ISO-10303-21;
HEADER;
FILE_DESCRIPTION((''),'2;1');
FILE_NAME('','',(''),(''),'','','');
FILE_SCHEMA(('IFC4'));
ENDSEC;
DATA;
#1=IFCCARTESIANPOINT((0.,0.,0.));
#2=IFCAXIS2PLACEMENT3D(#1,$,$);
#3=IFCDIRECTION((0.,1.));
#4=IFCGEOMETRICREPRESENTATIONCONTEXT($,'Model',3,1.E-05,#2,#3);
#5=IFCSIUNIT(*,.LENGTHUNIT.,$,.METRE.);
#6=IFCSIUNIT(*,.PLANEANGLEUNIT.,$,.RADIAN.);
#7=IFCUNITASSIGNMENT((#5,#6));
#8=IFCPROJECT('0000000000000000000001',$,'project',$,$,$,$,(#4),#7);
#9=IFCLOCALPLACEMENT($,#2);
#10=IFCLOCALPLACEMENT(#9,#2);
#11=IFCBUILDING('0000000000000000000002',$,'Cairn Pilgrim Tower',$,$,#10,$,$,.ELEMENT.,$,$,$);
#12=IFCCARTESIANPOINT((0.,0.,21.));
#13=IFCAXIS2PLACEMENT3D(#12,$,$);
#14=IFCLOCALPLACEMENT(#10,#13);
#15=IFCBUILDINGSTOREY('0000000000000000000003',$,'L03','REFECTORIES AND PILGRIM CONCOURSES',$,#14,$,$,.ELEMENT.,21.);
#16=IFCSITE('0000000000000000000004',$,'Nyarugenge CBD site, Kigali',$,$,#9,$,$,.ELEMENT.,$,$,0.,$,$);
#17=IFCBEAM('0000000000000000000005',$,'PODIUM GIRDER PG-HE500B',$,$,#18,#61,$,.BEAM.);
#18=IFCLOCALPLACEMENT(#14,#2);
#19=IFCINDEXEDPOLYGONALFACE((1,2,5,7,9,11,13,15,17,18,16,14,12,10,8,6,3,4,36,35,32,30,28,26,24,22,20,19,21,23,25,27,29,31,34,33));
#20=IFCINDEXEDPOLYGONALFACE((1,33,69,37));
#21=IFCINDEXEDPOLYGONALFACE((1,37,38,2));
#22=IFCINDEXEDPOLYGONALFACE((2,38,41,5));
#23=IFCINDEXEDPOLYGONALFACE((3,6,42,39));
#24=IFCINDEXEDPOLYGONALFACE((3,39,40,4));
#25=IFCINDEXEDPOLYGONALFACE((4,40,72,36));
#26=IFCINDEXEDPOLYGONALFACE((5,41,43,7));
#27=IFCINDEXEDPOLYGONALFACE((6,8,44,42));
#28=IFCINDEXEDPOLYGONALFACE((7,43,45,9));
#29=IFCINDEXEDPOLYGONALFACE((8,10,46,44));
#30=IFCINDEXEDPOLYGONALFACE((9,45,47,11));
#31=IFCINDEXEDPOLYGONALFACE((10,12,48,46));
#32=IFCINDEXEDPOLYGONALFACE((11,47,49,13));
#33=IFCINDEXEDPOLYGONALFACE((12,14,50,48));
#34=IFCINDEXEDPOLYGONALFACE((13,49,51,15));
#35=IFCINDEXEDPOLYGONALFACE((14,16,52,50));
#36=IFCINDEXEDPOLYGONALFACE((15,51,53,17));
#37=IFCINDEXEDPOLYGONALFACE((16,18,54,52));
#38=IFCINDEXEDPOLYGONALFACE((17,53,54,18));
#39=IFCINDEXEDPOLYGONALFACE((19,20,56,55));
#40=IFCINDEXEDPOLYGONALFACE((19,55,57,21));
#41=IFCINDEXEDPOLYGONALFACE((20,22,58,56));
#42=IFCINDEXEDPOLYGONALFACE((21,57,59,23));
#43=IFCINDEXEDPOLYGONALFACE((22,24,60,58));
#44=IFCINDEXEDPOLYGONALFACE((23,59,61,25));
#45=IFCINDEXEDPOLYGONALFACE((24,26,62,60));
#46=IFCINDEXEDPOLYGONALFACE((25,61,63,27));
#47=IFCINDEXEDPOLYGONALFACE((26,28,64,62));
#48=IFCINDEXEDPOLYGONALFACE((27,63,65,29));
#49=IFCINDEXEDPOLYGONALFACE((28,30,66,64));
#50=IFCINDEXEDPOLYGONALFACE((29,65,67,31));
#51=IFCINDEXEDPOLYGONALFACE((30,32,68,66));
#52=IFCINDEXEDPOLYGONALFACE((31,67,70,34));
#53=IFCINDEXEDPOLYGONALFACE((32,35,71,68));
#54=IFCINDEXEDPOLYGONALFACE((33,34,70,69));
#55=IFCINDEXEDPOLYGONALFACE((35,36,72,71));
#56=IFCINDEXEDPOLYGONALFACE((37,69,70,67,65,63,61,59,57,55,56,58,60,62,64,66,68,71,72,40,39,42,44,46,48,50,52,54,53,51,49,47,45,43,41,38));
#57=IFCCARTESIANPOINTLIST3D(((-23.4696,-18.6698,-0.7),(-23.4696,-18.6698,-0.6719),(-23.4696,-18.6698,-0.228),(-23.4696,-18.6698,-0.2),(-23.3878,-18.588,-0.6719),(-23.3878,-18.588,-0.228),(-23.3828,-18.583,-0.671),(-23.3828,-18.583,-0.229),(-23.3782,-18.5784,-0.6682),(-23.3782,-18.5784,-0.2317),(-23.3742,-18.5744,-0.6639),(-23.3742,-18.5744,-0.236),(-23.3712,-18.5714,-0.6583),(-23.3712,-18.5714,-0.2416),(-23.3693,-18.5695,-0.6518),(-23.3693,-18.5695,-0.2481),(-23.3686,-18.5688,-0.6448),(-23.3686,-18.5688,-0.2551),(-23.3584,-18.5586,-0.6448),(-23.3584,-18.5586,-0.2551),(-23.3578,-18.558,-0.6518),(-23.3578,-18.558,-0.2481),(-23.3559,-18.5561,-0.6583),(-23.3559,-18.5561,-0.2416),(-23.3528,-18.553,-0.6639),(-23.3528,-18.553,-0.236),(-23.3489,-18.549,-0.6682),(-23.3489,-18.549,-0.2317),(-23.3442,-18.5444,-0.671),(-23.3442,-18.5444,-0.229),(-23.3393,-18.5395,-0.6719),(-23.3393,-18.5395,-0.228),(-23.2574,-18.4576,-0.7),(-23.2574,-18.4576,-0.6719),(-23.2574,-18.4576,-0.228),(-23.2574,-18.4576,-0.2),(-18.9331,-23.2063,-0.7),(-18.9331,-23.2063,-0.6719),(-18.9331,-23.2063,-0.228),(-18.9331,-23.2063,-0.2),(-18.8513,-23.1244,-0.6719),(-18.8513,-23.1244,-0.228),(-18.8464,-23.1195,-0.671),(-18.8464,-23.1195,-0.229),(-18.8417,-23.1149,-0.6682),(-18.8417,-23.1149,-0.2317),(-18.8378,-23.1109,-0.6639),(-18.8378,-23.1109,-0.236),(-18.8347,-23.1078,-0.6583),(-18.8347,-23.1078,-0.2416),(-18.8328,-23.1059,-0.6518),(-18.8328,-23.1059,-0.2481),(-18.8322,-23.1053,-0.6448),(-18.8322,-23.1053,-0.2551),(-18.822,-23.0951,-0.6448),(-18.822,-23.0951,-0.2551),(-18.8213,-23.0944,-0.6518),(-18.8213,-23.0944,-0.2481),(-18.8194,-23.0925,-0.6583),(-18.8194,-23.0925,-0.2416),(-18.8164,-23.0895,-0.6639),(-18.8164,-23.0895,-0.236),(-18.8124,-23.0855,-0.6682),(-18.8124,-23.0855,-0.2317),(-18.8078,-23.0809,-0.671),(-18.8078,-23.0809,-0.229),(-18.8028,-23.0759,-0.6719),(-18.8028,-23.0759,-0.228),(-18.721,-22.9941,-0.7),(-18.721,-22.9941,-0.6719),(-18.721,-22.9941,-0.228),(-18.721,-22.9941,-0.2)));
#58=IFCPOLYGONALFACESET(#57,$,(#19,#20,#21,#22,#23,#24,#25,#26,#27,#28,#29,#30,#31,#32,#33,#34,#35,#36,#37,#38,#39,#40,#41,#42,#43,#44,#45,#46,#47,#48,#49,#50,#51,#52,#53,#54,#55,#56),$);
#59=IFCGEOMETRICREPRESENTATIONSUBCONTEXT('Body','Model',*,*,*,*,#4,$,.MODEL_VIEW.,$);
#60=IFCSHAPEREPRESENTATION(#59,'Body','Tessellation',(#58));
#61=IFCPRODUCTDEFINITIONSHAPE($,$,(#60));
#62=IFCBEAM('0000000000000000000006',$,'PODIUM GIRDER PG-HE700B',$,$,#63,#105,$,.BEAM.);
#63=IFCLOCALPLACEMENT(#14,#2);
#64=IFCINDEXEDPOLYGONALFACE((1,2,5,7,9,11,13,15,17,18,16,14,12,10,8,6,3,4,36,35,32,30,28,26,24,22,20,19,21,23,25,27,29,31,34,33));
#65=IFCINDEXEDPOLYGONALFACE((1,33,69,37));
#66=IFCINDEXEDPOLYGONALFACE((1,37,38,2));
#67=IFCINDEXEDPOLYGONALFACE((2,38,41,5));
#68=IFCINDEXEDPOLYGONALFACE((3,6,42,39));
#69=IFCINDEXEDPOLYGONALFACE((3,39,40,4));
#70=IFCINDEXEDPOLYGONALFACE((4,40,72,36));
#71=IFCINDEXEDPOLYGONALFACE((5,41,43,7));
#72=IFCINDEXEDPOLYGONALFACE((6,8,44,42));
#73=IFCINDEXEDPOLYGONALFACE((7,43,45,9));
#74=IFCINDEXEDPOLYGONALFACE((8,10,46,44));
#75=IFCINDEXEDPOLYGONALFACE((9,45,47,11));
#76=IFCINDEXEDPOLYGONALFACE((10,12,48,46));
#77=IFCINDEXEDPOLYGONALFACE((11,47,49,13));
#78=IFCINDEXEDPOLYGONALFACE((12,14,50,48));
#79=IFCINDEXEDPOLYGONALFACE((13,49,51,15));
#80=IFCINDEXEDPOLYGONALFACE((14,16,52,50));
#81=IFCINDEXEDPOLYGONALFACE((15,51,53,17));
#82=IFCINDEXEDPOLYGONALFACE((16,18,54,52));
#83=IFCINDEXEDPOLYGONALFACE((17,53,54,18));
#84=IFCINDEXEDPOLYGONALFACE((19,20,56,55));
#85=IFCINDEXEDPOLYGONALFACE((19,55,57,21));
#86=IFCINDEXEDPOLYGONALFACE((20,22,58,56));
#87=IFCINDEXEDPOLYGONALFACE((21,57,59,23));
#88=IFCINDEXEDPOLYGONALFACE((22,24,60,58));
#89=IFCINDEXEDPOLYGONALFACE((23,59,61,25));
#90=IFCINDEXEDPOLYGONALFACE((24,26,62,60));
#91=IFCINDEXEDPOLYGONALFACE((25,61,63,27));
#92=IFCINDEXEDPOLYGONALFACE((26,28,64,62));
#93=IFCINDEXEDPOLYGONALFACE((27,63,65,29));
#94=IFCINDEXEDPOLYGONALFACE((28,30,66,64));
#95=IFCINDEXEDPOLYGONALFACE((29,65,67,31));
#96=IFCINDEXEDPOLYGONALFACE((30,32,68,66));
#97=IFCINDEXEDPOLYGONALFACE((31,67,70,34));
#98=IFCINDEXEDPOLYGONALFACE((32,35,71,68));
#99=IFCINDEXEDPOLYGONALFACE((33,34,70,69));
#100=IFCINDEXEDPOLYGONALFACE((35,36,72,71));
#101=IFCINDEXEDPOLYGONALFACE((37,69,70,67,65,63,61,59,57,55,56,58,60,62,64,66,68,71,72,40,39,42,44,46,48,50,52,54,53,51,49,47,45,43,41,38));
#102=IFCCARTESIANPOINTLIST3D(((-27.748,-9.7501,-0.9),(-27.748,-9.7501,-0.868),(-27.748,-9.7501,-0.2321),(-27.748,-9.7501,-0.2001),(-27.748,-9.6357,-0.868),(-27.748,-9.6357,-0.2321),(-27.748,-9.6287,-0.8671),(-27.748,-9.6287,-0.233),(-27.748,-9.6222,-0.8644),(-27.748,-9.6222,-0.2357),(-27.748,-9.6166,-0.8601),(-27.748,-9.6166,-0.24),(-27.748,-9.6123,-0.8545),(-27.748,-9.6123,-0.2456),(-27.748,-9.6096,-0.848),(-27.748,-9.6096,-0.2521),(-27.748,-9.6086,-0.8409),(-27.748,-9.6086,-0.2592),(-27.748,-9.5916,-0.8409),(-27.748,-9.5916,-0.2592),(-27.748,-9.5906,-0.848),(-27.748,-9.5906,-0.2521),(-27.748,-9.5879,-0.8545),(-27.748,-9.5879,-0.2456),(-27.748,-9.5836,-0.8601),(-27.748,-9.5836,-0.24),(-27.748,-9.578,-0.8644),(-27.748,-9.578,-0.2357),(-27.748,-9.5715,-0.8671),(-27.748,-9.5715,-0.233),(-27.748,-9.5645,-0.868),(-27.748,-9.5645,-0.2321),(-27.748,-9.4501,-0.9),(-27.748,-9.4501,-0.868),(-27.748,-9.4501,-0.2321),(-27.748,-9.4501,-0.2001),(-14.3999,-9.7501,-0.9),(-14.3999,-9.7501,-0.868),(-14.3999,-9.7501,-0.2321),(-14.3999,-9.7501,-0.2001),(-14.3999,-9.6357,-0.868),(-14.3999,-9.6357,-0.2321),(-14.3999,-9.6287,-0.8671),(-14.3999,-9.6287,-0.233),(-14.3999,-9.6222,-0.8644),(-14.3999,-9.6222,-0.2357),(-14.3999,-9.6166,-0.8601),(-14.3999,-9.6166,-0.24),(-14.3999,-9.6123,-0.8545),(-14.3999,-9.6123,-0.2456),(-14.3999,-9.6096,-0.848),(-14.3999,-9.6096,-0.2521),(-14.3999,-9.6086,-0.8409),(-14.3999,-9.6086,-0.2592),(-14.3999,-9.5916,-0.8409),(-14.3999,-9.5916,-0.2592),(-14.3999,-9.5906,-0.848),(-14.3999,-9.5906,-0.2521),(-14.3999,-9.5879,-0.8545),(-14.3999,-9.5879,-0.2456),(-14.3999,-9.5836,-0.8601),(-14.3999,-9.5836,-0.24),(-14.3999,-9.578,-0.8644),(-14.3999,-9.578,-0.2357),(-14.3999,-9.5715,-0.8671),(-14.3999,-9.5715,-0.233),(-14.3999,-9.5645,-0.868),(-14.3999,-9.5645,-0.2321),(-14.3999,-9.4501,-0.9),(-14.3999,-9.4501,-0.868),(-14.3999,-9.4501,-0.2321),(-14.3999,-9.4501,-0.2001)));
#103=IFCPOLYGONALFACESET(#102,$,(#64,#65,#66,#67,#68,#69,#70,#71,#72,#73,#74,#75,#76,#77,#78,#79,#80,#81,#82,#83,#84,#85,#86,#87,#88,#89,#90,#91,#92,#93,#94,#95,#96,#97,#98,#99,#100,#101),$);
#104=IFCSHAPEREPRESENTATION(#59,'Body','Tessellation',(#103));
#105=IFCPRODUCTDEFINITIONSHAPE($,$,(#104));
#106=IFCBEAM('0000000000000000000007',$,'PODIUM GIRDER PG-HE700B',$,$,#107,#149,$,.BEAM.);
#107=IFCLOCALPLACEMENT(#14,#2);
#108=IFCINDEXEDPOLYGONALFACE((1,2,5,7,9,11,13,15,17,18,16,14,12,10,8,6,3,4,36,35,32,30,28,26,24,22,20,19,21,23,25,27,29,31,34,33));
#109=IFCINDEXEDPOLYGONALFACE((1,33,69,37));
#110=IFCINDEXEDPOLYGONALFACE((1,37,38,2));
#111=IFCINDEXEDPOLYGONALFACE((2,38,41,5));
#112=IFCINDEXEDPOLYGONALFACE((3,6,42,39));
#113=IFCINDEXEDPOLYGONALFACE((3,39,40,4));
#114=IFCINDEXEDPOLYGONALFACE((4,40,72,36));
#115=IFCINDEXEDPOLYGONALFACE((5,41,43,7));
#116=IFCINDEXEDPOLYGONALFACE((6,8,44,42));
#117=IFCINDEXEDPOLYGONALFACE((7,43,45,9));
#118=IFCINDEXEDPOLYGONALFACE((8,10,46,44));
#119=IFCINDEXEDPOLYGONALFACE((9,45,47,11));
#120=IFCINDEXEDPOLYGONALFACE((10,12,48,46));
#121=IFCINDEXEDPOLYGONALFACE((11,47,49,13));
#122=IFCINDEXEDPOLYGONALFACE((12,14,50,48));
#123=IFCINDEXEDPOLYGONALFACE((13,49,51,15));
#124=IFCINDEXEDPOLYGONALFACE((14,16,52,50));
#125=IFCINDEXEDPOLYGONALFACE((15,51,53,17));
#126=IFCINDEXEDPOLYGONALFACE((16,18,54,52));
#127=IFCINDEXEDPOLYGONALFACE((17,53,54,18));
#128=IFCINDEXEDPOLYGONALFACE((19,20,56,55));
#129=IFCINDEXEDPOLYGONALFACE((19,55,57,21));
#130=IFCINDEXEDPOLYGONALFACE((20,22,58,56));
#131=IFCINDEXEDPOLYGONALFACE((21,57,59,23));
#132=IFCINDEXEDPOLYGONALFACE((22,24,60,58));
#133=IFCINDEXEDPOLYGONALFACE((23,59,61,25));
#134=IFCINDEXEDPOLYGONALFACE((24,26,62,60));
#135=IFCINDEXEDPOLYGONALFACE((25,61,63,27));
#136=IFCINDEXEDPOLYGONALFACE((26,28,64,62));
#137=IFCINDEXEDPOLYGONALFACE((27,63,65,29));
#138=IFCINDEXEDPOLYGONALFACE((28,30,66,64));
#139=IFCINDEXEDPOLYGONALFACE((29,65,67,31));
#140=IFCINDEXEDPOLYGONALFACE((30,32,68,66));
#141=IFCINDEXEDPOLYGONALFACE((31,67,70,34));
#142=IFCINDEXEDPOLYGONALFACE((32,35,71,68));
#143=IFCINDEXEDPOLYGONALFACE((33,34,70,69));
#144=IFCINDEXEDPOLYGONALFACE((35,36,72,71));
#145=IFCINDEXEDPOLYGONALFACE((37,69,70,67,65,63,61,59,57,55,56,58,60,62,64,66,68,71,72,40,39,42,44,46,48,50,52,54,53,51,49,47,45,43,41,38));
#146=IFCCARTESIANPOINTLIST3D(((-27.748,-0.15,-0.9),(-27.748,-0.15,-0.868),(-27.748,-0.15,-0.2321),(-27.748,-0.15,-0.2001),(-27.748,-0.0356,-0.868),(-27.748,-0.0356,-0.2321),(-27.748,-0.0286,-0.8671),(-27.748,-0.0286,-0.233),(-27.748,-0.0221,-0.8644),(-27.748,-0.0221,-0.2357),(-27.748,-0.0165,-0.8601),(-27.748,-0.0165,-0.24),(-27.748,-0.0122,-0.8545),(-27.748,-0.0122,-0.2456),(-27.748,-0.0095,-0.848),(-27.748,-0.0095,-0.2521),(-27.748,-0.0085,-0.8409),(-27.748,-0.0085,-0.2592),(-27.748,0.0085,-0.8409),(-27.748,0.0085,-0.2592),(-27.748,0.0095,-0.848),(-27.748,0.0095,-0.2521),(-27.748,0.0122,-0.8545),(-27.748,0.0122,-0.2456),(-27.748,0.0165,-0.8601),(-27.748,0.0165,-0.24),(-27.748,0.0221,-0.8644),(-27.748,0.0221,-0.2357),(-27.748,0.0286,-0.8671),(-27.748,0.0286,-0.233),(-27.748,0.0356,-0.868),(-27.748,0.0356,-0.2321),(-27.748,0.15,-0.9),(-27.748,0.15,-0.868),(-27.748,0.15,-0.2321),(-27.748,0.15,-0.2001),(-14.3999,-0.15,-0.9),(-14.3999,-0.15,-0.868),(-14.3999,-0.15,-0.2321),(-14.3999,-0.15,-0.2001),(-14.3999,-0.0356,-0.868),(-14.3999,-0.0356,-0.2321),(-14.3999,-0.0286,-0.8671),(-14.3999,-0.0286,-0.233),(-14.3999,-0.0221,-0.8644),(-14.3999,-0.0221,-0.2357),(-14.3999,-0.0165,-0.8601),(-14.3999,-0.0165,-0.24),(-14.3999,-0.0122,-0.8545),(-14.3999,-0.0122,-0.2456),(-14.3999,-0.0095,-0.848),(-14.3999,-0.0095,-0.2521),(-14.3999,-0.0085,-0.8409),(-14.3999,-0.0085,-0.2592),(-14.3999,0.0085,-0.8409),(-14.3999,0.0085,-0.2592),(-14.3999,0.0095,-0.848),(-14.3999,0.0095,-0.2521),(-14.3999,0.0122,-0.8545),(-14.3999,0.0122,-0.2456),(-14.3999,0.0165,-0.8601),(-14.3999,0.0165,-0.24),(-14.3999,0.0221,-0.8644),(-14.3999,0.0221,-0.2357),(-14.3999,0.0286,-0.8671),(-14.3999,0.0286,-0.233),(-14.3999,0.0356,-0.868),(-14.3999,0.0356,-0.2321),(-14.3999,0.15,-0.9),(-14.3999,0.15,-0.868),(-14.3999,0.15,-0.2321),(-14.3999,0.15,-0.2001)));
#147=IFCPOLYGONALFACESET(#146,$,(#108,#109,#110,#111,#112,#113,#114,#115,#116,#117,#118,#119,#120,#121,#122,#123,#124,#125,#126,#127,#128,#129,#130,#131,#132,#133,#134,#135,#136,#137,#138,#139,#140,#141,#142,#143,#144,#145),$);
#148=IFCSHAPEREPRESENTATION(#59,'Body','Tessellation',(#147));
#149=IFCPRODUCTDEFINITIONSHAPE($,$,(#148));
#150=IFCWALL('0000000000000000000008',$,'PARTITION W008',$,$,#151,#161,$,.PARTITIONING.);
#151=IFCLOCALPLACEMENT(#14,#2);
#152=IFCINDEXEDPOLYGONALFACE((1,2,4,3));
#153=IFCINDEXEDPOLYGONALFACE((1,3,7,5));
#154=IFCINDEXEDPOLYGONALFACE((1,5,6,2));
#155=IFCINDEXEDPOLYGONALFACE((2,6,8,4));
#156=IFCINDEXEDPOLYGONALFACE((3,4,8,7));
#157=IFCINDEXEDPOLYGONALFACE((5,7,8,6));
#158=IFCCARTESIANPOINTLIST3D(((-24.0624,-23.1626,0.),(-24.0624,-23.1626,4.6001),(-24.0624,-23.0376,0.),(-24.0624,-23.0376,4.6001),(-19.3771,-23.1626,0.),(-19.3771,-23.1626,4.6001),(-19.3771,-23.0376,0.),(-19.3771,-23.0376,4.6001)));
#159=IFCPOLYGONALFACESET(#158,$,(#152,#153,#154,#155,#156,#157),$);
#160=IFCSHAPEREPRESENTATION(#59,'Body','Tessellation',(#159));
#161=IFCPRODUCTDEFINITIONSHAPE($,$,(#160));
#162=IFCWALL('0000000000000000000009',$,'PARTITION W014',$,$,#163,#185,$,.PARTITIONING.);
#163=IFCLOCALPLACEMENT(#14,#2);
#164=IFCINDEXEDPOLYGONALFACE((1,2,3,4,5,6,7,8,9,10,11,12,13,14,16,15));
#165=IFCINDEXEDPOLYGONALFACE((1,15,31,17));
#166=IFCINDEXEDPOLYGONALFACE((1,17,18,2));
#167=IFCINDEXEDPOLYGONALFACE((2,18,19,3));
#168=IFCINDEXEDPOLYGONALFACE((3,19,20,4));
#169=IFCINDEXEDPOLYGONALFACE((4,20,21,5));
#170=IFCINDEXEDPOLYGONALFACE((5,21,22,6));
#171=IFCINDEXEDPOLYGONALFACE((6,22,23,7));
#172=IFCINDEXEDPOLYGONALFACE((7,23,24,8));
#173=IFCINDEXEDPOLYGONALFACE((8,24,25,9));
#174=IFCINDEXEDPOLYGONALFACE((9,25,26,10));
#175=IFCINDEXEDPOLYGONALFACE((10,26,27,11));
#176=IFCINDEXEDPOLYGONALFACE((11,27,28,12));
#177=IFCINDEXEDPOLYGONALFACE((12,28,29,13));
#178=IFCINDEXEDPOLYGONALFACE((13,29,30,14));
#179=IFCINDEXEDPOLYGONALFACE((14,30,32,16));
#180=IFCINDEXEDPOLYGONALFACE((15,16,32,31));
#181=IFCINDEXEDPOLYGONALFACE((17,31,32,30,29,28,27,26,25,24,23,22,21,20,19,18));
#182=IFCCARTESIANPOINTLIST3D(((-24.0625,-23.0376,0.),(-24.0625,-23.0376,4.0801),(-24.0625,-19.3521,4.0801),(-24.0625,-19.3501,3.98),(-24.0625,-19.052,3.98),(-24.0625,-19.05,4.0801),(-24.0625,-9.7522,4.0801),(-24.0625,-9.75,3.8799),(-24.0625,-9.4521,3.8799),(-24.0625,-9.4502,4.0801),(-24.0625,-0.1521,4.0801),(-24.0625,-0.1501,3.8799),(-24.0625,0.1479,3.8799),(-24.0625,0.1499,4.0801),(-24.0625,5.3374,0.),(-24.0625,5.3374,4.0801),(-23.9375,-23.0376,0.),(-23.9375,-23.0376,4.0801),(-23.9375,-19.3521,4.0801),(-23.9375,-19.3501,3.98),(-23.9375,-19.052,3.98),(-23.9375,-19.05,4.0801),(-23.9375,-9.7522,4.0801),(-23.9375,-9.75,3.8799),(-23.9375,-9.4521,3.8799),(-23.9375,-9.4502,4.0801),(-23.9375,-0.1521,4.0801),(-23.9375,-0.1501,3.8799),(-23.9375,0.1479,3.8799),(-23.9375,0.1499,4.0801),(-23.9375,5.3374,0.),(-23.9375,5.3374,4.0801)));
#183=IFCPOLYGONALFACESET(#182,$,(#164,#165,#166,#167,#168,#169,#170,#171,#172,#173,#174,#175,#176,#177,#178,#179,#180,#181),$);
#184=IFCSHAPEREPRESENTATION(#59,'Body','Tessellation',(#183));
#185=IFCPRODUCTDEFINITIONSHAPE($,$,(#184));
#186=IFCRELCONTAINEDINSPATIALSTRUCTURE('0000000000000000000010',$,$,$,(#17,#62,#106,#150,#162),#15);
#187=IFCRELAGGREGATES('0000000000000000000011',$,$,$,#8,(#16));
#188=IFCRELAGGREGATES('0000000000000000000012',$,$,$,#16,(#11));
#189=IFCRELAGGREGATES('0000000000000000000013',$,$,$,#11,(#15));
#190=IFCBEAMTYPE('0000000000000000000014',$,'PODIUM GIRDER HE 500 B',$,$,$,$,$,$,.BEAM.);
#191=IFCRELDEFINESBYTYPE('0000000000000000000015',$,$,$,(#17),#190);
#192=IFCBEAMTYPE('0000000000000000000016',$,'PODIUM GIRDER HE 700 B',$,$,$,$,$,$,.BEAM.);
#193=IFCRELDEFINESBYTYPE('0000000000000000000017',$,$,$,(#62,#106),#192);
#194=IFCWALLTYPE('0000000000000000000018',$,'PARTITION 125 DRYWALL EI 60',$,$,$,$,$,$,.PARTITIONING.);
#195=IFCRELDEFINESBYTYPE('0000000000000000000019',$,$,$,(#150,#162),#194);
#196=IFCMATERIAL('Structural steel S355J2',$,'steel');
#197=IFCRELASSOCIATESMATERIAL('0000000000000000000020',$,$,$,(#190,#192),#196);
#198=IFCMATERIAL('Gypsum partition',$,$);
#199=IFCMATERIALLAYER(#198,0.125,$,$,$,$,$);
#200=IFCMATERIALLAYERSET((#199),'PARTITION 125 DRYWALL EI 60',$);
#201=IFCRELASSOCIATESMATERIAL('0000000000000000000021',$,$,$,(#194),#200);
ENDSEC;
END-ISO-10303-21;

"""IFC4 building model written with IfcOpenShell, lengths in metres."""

from ifc_helpers import new_model, si_unit, direction, frame, frame_2d, origin, origin_2d, place, context, subcontext, project, spatial, polyline, rectangle, i_section, outline, extrude, material, layer, layer_set, material_profile, profile_set, type_object, element, save


model = new_model("IFC4")

# Units and contexts
model_context = context("Model", 3, precision=1e-05, world=origin(), true_north=direction((0.0, 1.0)))
body_context = subcontext(model_context, "Body", "Model", "MODEL_VIEW")
ifc_project = project(units=[si_unit("LENGTHUNIT", "METRE"), si_unit("PLANEANGLEUNIT", "RADIAN")], contexts=[model_context])

# Site, building, storey
site_placement = place(None, origin())
site = spatial("IfcSite", under=ifc_project, at=site_placement, Name="Nyarugenge CBD site, Kigali", CompositionType="ELEMENT", RefElevation=0.0)
building_placement = place(site_placement, origin())
building = spatial("IfcBuilding", under=site, at=building_placement, Name="Cairn Pilgrim Tower", CompositionType="ELEMENT")
storey_placement = place(building_placement, frame((0.0, 0.0, 21.0)))
storey = spatial("IfcBuildingStorey", under=building, at=storey_placement, Name="L03", Description="REFECTORIES AND PILGRIM CONCOURSES", CompositionType="ELEMENT", Elevation=21.0)

# Beams
ifc_material_1 = material(Name="Structural steel S355J2", Category="steel")
ifc_material_profile_1 = material_profile(ifc_material_1, i_section(OverallWidth=0.3, OverallDepth=0.5, WebThickness=0.0144, FlangeThickness=0.0281, FilletRadius=0.0271, at=origin_2d()), Name="HEB 500")
ifc_profile_set_1 = profile_set([ifc_material_profile_1], Name="Structural steel S355J2")
beam_type_1 = type_object("IfcBeamType", Name="PODIUM GIRDER HE 500 B", PredefinedType="BEAM", material=ifc_profile_set_1)
for number, where, z_axis, x_axis, name in (
    (1, (-23.3635, -18.5637, -0.45), (0.707107, -0.707107, 0.0), (0.707107, 0.707107, 0.0), "PODIUM GIRDER PG-HE500B"),
):
    element("IfcBeam", number, at=place(storey_placement, frame(where, z_axis=z_axis, x_axis=x_axis)), inside=storey, type_object=beam_type_1, Name=name, PredefinedType="BEAM", context=body_context, shape_type="SweptSolid", body=[
        extrude(i_section(OverallWidth=0.3, OverallDepth=0.5, WebThickness=0.0144, FlangeThickness=0.0281, FilletRadius=0.0271, at=origin_2d()), origin(), (0.0, 0.0, 1.0), 6.4155),
    ])
ifc_material_profile_2 = material_profile(ifc_material_1, i_section(OverallWidth=0.3, OverallDepth=0.7, WebThickness=0.0171, FlangeThickness=0.032, FilletRadius=0.0271, at=origin_2d()), Name="HEB 700")
ifc_profile_set_2 = profile_set([ifc_material_profile_2], Name="Structural steel S355J2")
beam_type_2 = type_object("IfcBeamType", Name="PODIUM GIRDER HE 700 B", PredefinedType="BEAM", material=ifc_profile_set_2)
for number, where, z_axis, x_axis, name in (
    (2, (-27.748, -9.6001, -0.55), (1.0, 0.0, 0.0), (0.0, 1.0, 0.0), "PODIUM GIRDER PG-HE700B"),
    (3, (-27.748, 0.0, -0.55), (1.0, 0.0, 0.0), (0.0, 1.0, 0.0), "PODIUM GIRDER PG-HE700B"),
):
    element("IfcBeam", number, at=place(storey_placement, frame(where, z_axis=z_axis, x_axis=x_axis)), inside=storey, type_object=beam_type_2, Name=name, PredefinedType="BEAM", context=body_context, shape_type="SweptSolid", body=[
        extrude(i_section(OverallWidth=0.3, OverallDepth=0.7, WebThickness=0.0171, FlangeThickness=0.032, FilletRadius=0.0271, at=origin_2d()), origin(), (0.0, 0.0, 1.0), 13.3481),
    ])

# Shared definitions
ifc_material_2 = material(Name="Gypsum partition")
ifc_layer_1 = layer(ifc_material_2, 0.125)
ifc_layer_set_1 = layer_set([ifc_layer_1], Name="PARTITION 125 DRYWALL EI 60")
wall_type_1 = type_object("IfcWallType", Name="PARTITION 125 DRYWALL EI 60", PredefinedType="PARTITIONING", material=ifc_layer_set_1)

# Walls
wall_1_placement = place(storey_placement, frame((-24.0625, -23.1001, 0.0), z_axis=(0.0, 0.0, 1.0), x_axis=(1.0, 0.0, 0.0)))
element("IfcWall", 4, at=wall_1_placement, inside=storey, type_object=wall_type_1, Name="PARTITION W008", PredefinedType="PARTITIONING", context=body_context, shape_type="SweptSolid", body=[
    extrude(rectangle(XDim=4.6853, YDim=0.125, at=frame_2d((2.3428, 0.0))), origin(), (0.0, 0.0, 1.0), 4.6001),
])
wall_2_placement = place(storey_placement, frame((-24.0, -23.0376, 0.0), z_axis=(0.0, 0.0, 1.0), x_axis=(0.0, 1.0, 0.0)))
element("IfcWall", 5, at=wall_2_placement, inside=storey, type_object=wall_type_1, Name="PARTITION W014", PredefinedType="PARTITIONING", context=body_context, shape_type="SweptSolid", body=[
    extrude(outline(polyline([(0.0, 0.0), (28.375, 0.0), (28.375, 4.0801), (23.1875, 4.0801), (23.1855, 3.8799), (22.8875, 3.8799), (22.8855, 4.0801), (13.5874, 4.0801), (13.5854, 3.8799), (13.2876, 3.8799), (13.2854, 4.0801), (3.9875, 4.0801), (3.9856, 3.98), (3.6875, 3.98), (3.6855, 4.0801), (0.0, 4.0801), (0.0, 0.0)])), frame((0.0, 0.0625, 0.0), z_axis=(0.0, -1.0, 0.0), x_axis=(1.0, 0.0, 0.0)), (0.0, 0.0, 1.0), 0.125),
])

save(model, "model.ifc")
